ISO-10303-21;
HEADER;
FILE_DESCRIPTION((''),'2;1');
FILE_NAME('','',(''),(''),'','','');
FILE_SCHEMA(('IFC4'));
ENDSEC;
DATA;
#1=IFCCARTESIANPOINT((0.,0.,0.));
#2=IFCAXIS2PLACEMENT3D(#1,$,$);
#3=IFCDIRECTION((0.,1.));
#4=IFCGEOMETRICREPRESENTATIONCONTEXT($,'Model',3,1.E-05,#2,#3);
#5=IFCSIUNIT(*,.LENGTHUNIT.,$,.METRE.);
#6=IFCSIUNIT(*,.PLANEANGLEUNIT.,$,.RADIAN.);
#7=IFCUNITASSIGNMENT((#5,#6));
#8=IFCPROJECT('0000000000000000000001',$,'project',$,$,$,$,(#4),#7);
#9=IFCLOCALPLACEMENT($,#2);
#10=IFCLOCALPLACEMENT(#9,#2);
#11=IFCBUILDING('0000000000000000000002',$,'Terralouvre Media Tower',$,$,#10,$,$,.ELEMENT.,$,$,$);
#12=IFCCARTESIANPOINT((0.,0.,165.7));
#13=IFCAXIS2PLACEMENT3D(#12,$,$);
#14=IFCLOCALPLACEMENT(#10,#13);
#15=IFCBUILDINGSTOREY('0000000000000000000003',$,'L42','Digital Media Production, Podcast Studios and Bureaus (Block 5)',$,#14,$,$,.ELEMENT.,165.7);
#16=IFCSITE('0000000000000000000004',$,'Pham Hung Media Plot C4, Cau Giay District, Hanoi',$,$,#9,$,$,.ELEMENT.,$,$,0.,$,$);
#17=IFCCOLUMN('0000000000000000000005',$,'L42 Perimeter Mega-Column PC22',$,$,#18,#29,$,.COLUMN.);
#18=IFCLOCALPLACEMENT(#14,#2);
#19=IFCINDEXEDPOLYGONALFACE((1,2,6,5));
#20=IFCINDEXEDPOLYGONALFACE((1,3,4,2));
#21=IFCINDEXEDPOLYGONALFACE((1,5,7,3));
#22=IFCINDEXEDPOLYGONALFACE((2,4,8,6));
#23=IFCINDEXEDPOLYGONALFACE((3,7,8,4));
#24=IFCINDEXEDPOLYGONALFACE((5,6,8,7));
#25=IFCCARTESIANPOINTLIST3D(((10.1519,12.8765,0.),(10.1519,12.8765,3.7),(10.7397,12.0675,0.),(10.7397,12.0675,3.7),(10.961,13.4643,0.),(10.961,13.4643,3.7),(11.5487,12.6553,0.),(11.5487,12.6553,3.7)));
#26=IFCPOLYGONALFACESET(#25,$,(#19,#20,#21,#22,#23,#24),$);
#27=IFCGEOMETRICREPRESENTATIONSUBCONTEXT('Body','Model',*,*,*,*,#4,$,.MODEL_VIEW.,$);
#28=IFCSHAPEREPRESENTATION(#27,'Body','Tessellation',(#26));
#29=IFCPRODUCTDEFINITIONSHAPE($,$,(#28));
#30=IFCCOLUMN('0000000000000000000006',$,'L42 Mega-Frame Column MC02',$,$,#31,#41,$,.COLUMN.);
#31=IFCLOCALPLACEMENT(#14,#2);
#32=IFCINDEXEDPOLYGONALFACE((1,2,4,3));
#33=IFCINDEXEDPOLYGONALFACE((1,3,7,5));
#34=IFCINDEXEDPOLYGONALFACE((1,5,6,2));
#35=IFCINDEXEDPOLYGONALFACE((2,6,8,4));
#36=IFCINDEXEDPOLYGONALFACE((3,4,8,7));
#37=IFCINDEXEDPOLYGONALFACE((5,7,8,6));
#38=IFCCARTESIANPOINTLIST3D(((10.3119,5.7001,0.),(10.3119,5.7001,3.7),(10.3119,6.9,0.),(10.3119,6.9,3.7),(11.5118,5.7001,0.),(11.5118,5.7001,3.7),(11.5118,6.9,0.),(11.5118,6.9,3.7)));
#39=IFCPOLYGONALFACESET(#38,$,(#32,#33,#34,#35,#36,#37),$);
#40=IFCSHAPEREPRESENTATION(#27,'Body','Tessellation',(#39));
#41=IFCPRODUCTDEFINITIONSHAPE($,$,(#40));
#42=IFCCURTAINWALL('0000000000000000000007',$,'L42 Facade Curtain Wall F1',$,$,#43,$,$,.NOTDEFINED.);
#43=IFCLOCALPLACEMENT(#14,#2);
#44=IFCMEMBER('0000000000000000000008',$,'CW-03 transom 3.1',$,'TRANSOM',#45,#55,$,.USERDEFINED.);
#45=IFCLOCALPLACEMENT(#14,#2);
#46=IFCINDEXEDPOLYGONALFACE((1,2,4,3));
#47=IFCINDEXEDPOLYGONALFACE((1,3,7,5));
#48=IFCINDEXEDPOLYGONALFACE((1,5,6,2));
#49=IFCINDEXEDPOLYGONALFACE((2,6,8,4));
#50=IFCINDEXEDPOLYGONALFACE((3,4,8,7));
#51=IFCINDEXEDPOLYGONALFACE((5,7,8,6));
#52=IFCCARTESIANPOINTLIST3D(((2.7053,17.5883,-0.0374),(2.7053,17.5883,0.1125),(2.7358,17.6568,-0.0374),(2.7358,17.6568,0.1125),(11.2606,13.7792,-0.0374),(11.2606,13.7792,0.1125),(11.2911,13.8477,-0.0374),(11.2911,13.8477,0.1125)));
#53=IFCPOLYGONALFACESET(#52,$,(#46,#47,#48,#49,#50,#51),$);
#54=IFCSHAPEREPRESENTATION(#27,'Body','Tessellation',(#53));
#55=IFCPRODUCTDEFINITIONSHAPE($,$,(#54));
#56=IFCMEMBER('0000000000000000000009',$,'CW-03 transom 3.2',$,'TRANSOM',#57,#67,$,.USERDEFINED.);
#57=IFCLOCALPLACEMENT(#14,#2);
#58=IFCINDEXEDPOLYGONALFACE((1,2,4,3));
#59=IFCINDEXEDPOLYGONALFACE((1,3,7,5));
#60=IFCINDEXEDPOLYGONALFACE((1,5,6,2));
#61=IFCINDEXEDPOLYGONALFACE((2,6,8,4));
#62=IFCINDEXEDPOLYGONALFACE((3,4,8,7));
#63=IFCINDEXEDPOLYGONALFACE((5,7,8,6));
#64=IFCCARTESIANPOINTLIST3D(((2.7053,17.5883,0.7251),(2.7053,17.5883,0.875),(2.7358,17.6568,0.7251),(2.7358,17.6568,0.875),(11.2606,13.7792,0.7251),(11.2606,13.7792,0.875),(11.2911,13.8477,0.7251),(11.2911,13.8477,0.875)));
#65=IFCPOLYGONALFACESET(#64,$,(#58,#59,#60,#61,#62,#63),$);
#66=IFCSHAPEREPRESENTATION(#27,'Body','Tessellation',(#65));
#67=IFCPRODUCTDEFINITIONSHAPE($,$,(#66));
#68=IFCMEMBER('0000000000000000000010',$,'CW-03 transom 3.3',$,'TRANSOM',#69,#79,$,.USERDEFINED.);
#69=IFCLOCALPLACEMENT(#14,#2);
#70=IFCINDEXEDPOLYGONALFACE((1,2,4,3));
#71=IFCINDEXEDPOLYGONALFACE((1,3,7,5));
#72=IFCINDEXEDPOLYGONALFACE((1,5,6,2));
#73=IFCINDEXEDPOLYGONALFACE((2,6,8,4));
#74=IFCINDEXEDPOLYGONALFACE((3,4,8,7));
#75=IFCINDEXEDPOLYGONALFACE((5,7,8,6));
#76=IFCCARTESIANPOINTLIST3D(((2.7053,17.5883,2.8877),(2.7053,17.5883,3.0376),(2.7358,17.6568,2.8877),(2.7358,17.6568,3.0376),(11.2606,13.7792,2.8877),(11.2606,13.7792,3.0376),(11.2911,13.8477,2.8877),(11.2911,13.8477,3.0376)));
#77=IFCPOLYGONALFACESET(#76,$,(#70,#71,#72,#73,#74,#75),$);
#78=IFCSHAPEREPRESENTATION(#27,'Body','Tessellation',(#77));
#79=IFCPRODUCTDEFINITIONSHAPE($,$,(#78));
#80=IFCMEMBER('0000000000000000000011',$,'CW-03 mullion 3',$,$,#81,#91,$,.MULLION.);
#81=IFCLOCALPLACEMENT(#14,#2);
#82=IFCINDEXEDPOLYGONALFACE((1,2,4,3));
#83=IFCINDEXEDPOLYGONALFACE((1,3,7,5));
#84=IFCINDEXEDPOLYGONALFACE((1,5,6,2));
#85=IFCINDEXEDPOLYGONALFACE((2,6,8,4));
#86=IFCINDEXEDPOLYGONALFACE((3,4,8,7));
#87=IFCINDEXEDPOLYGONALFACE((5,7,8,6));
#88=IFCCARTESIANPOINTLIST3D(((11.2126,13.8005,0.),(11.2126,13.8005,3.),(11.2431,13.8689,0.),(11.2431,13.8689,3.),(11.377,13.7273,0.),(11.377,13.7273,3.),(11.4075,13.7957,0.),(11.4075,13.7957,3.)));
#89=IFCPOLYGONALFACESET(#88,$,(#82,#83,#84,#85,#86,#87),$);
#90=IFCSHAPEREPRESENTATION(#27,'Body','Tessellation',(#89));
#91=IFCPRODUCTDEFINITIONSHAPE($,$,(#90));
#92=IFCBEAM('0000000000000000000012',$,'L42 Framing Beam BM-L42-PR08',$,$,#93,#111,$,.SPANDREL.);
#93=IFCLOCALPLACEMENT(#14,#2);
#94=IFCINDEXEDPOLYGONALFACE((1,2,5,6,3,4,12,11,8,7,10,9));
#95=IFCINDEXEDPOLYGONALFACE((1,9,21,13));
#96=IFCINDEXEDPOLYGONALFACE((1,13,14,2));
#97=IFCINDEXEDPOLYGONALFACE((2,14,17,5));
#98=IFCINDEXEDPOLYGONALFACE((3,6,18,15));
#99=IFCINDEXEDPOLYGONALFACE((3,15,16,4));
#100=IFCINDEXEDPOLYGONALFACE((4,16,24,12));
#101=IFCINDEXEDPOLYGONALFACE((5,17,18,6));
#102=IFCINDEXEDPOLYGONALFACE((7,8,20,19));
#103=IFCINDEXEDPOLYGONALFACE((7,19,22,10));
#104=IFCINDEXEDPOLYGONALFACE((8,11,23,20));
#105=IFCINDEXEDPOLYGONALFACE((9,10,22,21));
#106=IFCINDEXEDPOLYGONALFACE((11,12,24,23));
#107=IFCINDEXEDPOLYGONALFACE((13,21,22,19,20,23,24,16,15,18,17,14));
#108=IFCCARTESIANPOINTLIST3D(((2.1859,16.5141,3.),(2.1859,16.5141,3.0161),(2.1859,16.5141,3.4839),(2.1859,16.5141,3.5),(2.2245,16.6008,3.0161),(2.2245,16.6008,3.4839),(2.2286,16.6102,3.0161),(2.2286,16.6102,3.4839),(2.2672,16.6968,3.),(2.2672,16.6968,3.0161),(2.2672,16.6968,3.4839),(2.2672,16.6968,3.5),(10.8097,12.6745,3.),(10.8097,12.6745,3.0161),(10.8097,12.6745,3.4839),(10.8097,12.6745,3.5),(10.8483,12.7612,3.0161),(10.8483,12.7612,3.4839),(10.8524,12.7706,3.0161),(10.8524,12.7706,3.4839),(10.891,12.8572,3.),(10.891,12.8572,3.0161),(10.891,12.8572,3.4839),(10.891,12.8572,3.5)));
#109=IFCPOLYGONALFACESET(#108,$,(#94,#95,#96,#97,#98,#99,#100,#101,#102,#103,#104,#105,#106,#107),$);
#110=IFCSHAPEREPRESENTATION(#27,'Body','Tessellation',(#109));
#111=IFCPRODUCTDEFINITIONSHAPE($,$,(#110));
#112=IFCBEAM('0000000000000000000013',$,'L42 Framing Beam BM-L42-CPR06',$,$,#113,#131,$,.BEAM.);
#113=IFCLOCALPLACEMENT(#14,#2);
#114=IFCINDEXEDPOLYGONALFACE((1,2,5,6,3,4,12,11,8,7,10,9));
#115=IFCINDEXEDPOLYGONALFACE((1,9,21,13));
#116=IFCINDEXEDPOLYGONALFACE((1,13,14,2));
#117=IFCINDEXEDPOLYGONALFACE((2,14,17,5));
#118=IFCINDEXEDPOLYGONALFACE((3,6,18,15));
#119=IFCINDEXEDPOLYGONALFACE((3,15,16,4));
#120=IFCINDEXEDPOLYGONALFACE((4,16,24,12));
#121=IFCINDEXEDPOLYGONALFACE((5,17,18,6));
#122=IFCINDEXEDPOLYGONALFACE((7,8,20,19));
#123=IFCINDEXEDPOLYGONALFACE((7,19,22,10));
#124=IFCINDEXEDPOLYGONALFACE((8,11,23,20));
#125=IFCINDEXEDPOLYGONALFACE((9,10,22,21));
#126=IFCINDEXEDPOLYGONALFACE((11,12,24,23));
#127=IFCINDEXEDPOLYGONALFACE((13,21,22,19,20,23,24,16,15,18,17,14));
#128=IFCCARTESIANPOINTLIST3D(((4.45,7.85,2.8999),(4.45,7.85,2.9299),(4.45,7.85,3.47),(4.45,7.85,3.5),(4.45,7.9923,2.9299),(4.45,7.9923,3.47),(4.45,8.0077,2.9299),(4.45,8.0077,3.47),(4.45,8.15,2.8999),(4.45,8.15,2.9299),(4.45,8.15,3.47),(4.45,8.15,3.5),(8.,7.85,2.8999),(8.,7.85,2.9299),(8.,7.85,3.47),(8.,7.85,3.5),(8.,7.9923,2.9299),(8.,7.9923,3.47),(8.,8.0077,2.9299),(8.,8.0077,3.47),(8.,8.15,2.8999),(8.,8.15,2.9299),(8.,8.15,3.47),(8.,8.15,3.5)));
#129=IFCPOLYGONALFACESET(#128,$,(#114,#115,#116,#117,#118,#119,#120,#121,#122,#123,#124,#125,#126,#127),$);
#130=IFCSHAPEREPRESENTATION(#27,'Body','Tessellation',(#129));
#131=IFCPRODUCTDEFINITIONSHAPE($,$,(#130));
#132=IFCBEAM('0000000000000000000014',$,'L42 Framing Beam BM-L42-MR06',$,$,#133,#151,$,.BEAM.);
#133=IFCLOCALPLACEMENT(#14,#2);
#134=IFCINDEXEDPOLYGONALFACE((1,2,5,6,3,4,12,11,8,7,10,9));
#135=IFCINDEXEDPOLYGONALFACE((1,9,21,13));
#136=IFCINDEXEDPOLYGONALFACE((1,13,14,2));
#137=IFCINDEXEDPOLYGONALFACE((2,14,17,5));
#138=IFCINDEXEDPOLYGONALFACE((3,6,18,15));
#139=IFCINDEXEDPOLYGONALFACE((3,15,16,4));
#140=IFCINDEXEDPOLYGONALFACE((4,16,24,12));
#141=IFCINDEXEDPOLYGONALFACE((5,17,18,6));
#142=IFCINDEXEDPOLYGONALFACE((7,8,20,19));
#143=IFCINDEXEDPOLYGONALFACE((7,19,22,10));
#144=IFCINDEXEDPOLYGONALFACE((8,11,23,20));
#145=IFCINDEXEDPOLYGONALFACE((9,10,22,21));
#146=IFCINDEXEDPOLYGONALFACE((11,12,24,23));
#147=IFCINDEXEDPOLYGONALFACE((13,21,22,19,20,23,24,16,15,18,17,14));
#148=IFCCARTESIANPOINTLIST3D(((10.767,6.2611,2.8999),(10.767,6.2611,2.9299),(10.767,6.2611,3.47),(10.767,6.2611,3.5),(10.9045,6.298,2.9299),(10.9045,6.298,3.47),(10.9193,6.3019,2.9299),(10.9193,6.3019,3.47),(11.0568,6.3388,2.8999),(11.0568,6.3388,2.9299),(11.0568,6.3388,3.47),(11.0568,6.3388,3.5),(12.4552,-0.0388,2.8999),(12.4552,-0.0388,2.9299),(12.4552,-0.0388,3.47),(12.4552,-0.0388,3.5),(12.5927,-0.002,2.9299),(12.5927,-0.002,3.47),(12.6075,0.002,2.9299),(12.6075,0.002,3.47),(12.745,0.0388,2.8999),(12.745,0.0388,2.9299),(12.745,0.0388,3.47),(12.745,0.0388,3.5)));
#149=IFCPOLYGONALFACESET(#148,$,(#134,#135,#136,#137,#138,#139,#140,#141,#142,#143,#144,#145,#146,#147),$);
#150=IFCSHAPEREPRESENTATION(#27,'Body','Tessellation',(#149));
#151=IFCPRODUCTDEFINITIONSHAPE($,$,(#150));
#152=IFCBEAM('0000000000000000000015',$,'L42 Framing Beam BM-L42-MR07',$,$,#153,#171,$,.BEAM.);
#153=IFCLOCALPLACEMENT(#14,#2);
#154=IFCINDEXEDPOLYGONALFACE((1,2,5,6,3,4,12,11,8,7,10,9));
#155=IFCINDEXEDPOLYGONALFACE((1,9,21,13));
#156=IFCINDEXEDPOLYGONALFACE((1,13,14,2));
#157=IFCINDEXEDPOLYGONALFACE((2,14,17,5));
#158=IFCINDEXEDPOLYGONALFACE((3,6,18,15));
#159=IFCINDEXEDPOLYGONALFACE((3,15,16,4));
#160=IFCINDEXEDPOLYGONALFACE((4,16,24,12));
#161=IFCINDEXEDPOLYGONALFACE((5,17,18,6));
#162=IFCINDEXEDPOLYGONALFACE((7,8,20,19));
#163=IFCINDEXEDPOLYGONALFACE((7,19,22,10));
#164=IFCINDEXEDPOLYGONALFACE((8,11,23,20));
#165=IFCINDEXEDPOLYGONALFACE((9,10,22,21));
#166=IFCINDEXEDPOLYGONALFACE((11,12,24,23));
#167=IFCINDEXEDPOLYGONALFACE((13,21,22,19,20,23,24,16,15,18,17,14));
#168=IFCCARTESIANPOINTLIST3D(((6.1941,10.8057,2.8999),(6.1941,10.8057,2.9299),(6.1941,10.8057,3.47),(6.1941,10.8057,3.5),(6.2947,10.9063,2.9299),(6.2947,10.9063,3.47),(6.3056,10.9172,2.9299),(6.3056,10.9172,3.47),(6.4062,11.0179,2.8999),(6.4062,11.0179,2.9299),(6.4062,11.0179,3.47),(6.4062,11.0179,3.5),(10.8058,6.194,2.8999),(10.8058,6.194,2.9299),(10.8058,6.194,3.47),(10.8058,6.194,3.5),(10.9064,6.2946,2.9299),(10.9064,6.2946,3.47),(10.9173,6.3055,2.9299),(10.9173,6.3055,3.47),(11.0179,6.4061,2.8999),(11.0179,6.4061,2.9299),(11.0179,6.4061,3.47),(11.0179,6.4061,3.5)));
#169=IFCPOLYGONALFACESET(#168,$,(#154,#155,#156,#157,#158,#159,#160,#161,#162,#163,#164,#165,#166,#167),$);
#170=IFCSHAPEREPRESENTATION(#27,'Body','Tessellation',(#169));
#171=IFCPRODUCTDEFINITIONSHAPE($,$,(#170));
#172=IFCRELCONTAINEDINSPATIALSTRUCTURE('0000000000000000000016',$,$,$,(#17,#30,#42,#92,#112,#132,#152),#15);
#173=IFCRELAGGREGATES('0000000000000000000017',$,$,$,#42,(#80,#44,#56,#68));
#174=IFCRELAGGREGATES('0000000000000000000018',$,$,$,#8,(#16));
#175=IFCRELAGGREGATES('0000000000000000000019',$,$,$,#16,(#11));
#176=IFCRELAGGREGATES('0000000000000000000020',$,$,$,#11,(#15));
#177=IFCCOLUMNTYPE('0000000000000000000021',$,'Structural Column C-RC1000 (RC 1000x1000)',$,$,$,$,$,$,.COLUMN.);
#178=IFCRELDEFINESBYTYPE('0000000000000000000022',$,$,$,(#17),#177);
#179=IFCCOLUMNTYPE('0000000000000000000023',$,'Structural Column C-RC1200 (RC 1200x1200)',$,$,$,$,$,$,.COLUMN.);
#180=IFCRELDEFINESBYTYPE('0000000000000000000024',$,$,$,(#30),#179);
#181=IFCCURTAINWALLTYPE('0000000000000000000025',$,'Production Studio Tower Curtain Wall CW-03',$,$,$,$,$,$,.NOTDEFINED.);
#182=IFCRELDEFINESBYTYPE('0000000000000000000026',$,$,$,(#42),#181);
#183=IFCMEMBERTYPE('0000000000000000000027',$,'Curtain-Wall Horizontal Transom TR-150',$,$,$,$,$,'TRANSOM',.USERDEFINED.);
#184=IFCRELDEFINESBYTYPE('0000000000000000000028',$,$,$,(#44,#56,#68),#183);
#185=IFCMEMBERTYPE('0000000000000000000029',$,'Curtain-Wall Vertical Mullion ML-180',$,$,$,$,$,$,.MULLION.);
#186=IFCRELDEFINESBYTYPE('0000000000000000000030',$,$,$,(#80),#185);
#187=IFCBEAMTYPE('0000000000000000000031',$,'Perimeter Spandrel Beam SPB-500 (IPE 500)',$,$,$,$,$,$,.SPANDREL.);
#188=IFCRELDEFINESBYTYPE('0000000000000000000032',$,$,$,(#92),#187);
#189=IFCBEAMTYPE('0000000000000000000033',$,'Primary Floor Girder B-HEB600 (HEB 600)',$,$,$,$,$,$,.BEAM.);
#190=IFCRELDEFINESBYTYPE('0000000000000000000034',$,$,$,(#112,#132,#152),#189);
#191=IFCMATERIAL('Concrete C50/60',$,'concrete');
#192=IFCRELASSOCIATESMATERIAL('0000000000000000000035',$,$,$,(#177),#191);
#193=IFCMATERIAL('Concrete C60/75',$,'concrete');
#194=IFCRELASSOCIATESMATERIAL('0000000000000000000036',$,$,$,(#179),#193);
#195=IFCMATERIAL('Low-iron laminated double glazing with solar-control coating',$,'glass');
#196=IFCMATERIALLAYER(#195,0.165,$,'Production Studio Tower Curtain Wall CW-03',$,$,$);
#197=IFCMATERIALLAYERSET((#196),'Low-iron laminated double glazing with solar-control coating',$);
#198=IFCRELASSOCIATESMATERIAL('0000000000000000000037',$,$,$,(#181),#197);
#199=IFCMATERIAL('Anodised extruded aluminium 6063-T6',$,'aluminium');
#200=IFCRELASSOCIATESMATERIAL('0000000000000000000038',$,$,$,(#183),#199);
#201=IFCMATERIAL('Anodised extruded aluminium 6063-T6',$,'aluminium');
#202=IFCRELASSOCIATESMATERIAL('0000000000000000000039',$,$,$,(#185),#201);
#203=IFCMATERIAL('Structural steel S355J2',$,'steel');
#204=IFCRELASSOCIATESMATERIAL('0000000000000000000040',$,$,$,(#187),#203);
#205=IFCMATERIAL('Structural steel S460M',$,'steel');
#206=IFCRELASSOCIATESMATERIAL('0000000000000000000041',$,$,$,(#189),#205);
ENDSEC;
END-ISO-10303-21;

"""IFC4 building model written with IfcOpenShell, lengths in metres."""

from ifc_helpers import new_model, si_unit, direction, frame, origin, origin_2d, place, context, subcontext, project, spatial, rectangle, i_section, extrude, material, layer, layer_set, material_profile, profile_set, type_object, element, aggregate, save


model = new_model("IFC4")

# Units and contexts
model_context = context("Model", 3, precision=1e-05, world=origin(), true_north=direction((0.0, 1.0)))
body_context = subcontext(model_context, "Body", "Model", "MODEL_VIEW")
ifc_project = project(units=[si_unit("LENGTHUNIT", "METRE"), si_unit("PLANEANGLEUNIT", "RADIAN")], contexts=[model_context])

# Site, building, storey
site_placement = place(None, origin())
site = spatial("IfcSite", under=ifc_project, at=site_placement, Name="Pham Hung Media Plot C4, Cau Giay District, Hanoi", CompositionType="ELEMENT", RefElevation=0.0)
building_placement = place(site_placement, origin())
building = spatial("IfcBuilding", under=site, at=building_placement, Name="Terralouvre Media Tower", CompositionType="ELEMENT")
storey_placement = place(building_placement, frame((0.0, 0.0, 165.7)))
storey = spatial("IfcBuildingStorey", under=building, at=storey_placement, Name="L42", Description="Digital Media Production, Podcast Studios and Bureaus (Block 5)", CompositionType="ELEMENT", Elevation=165.7)

# Columns
ifc_material_1 = material(Name="Concrete C50/60", Category="concrete")
ifc_material_profile_1 = material_profile(ifc_material_1, rectangle(XDim=1.0, YDim=1.0, at=origin_2d()), Name="RC 1000x1000")
ifc_profile_set_1 = profile_set([ifc_material_profile_1], Name="Concrete C50/60")
column_type_1 = type_object("IfcColumnType", Name="Structural Column C-RC1000 (RC 1000x1000)", PredefinedType="COLUMN", material=ifc_profile_set_1)
column_1_placement = place(storey_placement, frame((10.8503, 12.7659, 0.0), z_axis=(0.0, 0.0, 1.0), x_axis=(0.809017, 0.587785, 0.0)))
element("IfcColumn", 1, at=column_1_placement, inside=storey, type_object=column_type_1, Name="L42 Perimeter Mega-Column PC22", PredefinedType="COLUMN", context=body_context, shape_type="SweptSolid", body=[
    extrude(rectangle(XDim=1.0, YDim=1.0, at=origin_2d()), origin(), (0.0, 0.0, 1.0), 3.7),
])
ifc_material_2 = material(Name="Concrete C60/75", Category="concrete")
ifc_material_profile_2 = material_profile(ifc_material_2, rectangle(XDim=1.2, YDim=1.2, at=origin_2d()), Name="RC 1200x1200")
ifc_profile_set_2 = profile_set([ifc_material_profile_2], Name="Concrete C60/75")
column_type_2 = type_object("IfcColumnType", Name="Structural Column C-RC1200 (RC 1200x1200)", PredefinedType="COLUMN", material=ifc_profile_set_2)
column_2_placement = place(storey_placement, frame((10.9119, 6.3, 0.0), z_axis=(0.0, 0.0, 1.0), x_axis=(1.0, 0.0, 0.0)))
element("IfcColumn", 2, at=column_2_placement, inside=storey, type_object=column_type_2, Name="L42 Mega-Frame Column MC02", PredefinedType="COLUMN", context=body_context, shape_type="SweptSolid", body=[
    extrude(rectangle(XDim=1.2, YDim=1.2, at=origin_2d()), origin(), (0.0, 0.0, 1.0), 3.7),
])

# Curtain wall, members
ifc_material_3 = material(Name="Low-iron laminated double glazing with solar-control coating", Category="glass")
ifc_layer_1 = layer(ifc_material_3, 0.165, Name="Production Studio Tower Curtain Wall CW-03")
ifc_layer_set_1 = layer_set([ifc_layer_1], Name="Low-iron laminated double glazing with solar-control coating")
curtain_wall_type = type_object("IfcCurtainWallType", Name="Production Studio Tower Curtain Wall CW-03", PredefinedType="NOTDEFINED", material=ifc_layer_set_1)
curtain_wall_placement = place(storey_placement, origin())
curtain_wall = element("IfcCurtainWall", 3, at=curtain_wall_placement, inside=storey, type_object=curtain_wall_type, Name="L42 Facade Curtain Wall F1", PredefinedType="NOTDEFINED")
ifc_material_4 = material(Name="Anodised extruded aluminium 6063-T6", Category="aluminium")
ifc_material_profile_3 = material_profile(ifc_material_4, rectangle(XDim=0.075, YDim=0.1499, at=origin_2d()), Name="ALU 75x150")
ifc_profile_set_3 = profile_set([ifc_material_profile_3], Name="Anodised extruded aluminium 6063-T6")
member_type_1 = type_object("IfcMemberType", Name="Curtain-Wall Horizontal Transom TR-150", ElementType="TRANSOM", PredefinedType="USERDEFINED", material=ifc_profile_set_3)
member_1_placement = place(storey_placement, frame((11.2759, 13.8135, 0.0376), z_axis=(-0.913547, 0.406733, 0.0), x_axis=(-0.406733, -0.913547, 0.0)))
member_1 = element("IfcMember", 4, at=member_1_placement, type_object=member_type_1, Name="CW-03 transom 3.1", ObjectType="TRANSOM", PredefinedType="USERDEFINED", context=body_context, shape_type="SweptSolid", body=[
    extrude(rectangle(XDim=0.075, YDim=0.1499, at=origin_2d()), origin(), (0.0, 0.0, 1.0), 9.365),
])
member_2_placement = place(storey_placement, frame((11.2759, 13.8135, 0.8), z_axis=(-0.913547, 0.406733, 0.0), x_axis=(-0.406733, -0.913547, 0.0)))
member_2 = element("IfcMember", 5, at=member_2_placement, type_object=member_type_1, Name="CW-03 transom 3.2", ObjectType="TRANSOM", PredefinedType="USERDEFINED", context=body_context, shape_type="SweptSolid", body=[
    extrude(rectangle(XDim=0.075, YDim=0.1499, at=origin_2d()), origin(), (0.0, 0.0, 1.0), 9.365),
])
member_3_placement = place(storey_placement, frame((11.2759, 13.8135, 2.9626), z_axis=(-0.913547, 0.406733, 0.0), x_axis=(-0.406733, -0.913547, 0.0)))
member_3 = element("IfcMember", 6, at=member_3_placement, type_object=member_type_1, Name="CW-03 transom 3.3", ObjectType="TRANSOM", PredefinedType="USERDEFINED", context=body_context, shape_type="SweptSolid", body=[
    extrude(rectangle(XDim=0.075, YDim=0.1499, at=origin_2d()), origin(), (0.0, 0.0, 1.0), 9.365),
])
ifc_material_5 = material(Name="Anodised extruded aluminium 6063-T6", Category="aluminium")
ifc_material_profile_4 = material_profile(ifc_material_5, rectangle(XDim=0.075, YDim=0.1799, at=origin_2d()), Name="ALU 75x180")
ifc_profile_set_4 = profile_set([ifc_material_profile_4], Name="Anodised extruded aluminium 6063-T6")
member_type_2 = type_object("IfcMemberType", Name="Curtain-Wall Vertical Mullion ML-180", PredefinedType="MULLION", material=ifc_profile_set_4)
member_4_placement = place(storey_placement, frame((11.3101, 13.7981, 0.0), z_axis=(0.0, 0.0, 1.0), x_axis=(-0.406737, -0.913545, 0.0)))
member_4 = element("IfcMember", 7, at=member_4_placement, type_object=member_type_2, Name="CW-03 mullion 3", PredefinedType="MULLION", context=body_context, shape_type="SweptSolid", body=[
    extrude(rectangle(XDim=0.075, YDim=0.1799, at=origin_2d()), origin(), (0.0, 0.0, 1.0), 3.0),
])
aggregate(curtain_wall, [member_4, member_1, member_2, member_3])

# Beams
ifc_material_6 = material(Name="Structural steel S355J2", Category="steel")
ifc_material_profile_5 = material_profile(ifc_material_6, i_section(OverallWidth=0.2, OverallDepth=0.5, WebThickness=0.0103, FlangeThickness=0.0161, at=origin_2d()), Name="IPE 500")
ifc_profile_set_5 = profile_set([ifc_material_profile_5], Name="Structural steel S355J2")
beam_type_1 = type_object("IfcBeamType", Name="Perimeter Spandrel Beam SPB-500 (IPE 500)", PredefinedType="SPANDREL", material=ifc_profile_set_5)
beam_1_placement = place(storey_placement, frame((10.8503, 12.7659, 3.25), z_axis=(-0.913544, 0.406741, 0.0), x_axis=(-0.406741, -0.913544, 0.0)))
element("IfcBeam", 8, at=beam_1_placement, inside=storey, type_object=beam_type_1, Name="L42 Framing Beam BM-L42-PR08", PredefinedType="SPANDREL", context=body_context, shape_type="SweptSolid", body=[
    extrude(i_section(OverallWidth=0.2, OverallDepth=0.5, WebThickness=0.0103, FlangeThickness=0.0161, at=origin_2d()), origin(), (0.0, 0.0, 1.0), 9.4399),
])
ifc_material_7 = material(Name="Structural steel S460M", Category="steel")
ifc_material_profile_6 = material_profile(ifc_material_7, i_section(OverallWidth=0.3, OverallDepth=0.6001, WebThickness=0.0154, FlangeThickness=0.03, at=origin_2d()), Name="HEB 600")
ifc_profile_set_6 = profile_set([ifc_material_profile_6], Name="Structural steel S460M")
beam_type_2 = type_object("IfcBeamType", Name="Primary Floor Girder B-HEB600 (HEB 600)", PredefinedType="BEAM", material=ifc_profile_set_6)
beam_2_placement = place(storey_placement, frame((8.0, 8.0, 3.2), z_axis=(-1.0, 0.0, 0.0), x_axis=(0.0, -1.0, 0.0)))
element("IfcBeam", 9, at=beam_2_placement, inside=storey, type_object=beam_type_2, Name="L42 Framing Beam BM-L42-CPR06", PredefinedType="BEAM", context=body_context, shape_type="SweptSolid", body=[
    extrude(i_section(OverallWidth=0.3, OverallDepth=0.6001, WebThickness=0.0154, FlangeThickness=0.03, at=origin_2d()), origin(), (0.0, 0.0, 1.0), 3.55),
])
beam_3_placement = place(storey_placement, frame((12.6001, 0.0, 3.2), z_axis=(-0.258839, 0.96592, 0.0), x_axis=(-0.96592, -0.258839, 0.0)))
element("IfcBeam", 10, at=beam_3_placement, inside=storey, type_object=beam_type_2, Name="L42 Framing Beam BM-L42-MR06", PredefinedType="BEAM", context=body_context, shape_type="SweptSolid", body=[
    extrude(i_section(OverallWidth=0.3, OverallDepth=0.6001, WebThickness=0.0154, FlangeThickness=0.03, at=origin_2d()), origin(), (0.0, 0.0, 1.0), 6.5222),
])
beam_4_placement = place(storey_placement, frame((10.9119, 6.3, 3.2), z_axis=(-0.707107, 0.707107, 0.0), x_axis=(-0.707107, -0.707107, 0.0)))
element("IfcBeam", 11, at=beam_4_placement, inside=storey, type_object=beam_type_2, Name="L42 Framing Beam BM-L42-MR07", PredefinedType="BEAM", context=body_context, shape_type="SweptSolid", body=[
    extrude(i_section(OverallWidth=0.3, OverallDepth=0.6001, WebThickness=0.0154, FlangeThickness=0.03, at=origin_2d()), origin(), (0.0, 0.0, 1.0), 6.522),
])

save(model, "model.ifc")
